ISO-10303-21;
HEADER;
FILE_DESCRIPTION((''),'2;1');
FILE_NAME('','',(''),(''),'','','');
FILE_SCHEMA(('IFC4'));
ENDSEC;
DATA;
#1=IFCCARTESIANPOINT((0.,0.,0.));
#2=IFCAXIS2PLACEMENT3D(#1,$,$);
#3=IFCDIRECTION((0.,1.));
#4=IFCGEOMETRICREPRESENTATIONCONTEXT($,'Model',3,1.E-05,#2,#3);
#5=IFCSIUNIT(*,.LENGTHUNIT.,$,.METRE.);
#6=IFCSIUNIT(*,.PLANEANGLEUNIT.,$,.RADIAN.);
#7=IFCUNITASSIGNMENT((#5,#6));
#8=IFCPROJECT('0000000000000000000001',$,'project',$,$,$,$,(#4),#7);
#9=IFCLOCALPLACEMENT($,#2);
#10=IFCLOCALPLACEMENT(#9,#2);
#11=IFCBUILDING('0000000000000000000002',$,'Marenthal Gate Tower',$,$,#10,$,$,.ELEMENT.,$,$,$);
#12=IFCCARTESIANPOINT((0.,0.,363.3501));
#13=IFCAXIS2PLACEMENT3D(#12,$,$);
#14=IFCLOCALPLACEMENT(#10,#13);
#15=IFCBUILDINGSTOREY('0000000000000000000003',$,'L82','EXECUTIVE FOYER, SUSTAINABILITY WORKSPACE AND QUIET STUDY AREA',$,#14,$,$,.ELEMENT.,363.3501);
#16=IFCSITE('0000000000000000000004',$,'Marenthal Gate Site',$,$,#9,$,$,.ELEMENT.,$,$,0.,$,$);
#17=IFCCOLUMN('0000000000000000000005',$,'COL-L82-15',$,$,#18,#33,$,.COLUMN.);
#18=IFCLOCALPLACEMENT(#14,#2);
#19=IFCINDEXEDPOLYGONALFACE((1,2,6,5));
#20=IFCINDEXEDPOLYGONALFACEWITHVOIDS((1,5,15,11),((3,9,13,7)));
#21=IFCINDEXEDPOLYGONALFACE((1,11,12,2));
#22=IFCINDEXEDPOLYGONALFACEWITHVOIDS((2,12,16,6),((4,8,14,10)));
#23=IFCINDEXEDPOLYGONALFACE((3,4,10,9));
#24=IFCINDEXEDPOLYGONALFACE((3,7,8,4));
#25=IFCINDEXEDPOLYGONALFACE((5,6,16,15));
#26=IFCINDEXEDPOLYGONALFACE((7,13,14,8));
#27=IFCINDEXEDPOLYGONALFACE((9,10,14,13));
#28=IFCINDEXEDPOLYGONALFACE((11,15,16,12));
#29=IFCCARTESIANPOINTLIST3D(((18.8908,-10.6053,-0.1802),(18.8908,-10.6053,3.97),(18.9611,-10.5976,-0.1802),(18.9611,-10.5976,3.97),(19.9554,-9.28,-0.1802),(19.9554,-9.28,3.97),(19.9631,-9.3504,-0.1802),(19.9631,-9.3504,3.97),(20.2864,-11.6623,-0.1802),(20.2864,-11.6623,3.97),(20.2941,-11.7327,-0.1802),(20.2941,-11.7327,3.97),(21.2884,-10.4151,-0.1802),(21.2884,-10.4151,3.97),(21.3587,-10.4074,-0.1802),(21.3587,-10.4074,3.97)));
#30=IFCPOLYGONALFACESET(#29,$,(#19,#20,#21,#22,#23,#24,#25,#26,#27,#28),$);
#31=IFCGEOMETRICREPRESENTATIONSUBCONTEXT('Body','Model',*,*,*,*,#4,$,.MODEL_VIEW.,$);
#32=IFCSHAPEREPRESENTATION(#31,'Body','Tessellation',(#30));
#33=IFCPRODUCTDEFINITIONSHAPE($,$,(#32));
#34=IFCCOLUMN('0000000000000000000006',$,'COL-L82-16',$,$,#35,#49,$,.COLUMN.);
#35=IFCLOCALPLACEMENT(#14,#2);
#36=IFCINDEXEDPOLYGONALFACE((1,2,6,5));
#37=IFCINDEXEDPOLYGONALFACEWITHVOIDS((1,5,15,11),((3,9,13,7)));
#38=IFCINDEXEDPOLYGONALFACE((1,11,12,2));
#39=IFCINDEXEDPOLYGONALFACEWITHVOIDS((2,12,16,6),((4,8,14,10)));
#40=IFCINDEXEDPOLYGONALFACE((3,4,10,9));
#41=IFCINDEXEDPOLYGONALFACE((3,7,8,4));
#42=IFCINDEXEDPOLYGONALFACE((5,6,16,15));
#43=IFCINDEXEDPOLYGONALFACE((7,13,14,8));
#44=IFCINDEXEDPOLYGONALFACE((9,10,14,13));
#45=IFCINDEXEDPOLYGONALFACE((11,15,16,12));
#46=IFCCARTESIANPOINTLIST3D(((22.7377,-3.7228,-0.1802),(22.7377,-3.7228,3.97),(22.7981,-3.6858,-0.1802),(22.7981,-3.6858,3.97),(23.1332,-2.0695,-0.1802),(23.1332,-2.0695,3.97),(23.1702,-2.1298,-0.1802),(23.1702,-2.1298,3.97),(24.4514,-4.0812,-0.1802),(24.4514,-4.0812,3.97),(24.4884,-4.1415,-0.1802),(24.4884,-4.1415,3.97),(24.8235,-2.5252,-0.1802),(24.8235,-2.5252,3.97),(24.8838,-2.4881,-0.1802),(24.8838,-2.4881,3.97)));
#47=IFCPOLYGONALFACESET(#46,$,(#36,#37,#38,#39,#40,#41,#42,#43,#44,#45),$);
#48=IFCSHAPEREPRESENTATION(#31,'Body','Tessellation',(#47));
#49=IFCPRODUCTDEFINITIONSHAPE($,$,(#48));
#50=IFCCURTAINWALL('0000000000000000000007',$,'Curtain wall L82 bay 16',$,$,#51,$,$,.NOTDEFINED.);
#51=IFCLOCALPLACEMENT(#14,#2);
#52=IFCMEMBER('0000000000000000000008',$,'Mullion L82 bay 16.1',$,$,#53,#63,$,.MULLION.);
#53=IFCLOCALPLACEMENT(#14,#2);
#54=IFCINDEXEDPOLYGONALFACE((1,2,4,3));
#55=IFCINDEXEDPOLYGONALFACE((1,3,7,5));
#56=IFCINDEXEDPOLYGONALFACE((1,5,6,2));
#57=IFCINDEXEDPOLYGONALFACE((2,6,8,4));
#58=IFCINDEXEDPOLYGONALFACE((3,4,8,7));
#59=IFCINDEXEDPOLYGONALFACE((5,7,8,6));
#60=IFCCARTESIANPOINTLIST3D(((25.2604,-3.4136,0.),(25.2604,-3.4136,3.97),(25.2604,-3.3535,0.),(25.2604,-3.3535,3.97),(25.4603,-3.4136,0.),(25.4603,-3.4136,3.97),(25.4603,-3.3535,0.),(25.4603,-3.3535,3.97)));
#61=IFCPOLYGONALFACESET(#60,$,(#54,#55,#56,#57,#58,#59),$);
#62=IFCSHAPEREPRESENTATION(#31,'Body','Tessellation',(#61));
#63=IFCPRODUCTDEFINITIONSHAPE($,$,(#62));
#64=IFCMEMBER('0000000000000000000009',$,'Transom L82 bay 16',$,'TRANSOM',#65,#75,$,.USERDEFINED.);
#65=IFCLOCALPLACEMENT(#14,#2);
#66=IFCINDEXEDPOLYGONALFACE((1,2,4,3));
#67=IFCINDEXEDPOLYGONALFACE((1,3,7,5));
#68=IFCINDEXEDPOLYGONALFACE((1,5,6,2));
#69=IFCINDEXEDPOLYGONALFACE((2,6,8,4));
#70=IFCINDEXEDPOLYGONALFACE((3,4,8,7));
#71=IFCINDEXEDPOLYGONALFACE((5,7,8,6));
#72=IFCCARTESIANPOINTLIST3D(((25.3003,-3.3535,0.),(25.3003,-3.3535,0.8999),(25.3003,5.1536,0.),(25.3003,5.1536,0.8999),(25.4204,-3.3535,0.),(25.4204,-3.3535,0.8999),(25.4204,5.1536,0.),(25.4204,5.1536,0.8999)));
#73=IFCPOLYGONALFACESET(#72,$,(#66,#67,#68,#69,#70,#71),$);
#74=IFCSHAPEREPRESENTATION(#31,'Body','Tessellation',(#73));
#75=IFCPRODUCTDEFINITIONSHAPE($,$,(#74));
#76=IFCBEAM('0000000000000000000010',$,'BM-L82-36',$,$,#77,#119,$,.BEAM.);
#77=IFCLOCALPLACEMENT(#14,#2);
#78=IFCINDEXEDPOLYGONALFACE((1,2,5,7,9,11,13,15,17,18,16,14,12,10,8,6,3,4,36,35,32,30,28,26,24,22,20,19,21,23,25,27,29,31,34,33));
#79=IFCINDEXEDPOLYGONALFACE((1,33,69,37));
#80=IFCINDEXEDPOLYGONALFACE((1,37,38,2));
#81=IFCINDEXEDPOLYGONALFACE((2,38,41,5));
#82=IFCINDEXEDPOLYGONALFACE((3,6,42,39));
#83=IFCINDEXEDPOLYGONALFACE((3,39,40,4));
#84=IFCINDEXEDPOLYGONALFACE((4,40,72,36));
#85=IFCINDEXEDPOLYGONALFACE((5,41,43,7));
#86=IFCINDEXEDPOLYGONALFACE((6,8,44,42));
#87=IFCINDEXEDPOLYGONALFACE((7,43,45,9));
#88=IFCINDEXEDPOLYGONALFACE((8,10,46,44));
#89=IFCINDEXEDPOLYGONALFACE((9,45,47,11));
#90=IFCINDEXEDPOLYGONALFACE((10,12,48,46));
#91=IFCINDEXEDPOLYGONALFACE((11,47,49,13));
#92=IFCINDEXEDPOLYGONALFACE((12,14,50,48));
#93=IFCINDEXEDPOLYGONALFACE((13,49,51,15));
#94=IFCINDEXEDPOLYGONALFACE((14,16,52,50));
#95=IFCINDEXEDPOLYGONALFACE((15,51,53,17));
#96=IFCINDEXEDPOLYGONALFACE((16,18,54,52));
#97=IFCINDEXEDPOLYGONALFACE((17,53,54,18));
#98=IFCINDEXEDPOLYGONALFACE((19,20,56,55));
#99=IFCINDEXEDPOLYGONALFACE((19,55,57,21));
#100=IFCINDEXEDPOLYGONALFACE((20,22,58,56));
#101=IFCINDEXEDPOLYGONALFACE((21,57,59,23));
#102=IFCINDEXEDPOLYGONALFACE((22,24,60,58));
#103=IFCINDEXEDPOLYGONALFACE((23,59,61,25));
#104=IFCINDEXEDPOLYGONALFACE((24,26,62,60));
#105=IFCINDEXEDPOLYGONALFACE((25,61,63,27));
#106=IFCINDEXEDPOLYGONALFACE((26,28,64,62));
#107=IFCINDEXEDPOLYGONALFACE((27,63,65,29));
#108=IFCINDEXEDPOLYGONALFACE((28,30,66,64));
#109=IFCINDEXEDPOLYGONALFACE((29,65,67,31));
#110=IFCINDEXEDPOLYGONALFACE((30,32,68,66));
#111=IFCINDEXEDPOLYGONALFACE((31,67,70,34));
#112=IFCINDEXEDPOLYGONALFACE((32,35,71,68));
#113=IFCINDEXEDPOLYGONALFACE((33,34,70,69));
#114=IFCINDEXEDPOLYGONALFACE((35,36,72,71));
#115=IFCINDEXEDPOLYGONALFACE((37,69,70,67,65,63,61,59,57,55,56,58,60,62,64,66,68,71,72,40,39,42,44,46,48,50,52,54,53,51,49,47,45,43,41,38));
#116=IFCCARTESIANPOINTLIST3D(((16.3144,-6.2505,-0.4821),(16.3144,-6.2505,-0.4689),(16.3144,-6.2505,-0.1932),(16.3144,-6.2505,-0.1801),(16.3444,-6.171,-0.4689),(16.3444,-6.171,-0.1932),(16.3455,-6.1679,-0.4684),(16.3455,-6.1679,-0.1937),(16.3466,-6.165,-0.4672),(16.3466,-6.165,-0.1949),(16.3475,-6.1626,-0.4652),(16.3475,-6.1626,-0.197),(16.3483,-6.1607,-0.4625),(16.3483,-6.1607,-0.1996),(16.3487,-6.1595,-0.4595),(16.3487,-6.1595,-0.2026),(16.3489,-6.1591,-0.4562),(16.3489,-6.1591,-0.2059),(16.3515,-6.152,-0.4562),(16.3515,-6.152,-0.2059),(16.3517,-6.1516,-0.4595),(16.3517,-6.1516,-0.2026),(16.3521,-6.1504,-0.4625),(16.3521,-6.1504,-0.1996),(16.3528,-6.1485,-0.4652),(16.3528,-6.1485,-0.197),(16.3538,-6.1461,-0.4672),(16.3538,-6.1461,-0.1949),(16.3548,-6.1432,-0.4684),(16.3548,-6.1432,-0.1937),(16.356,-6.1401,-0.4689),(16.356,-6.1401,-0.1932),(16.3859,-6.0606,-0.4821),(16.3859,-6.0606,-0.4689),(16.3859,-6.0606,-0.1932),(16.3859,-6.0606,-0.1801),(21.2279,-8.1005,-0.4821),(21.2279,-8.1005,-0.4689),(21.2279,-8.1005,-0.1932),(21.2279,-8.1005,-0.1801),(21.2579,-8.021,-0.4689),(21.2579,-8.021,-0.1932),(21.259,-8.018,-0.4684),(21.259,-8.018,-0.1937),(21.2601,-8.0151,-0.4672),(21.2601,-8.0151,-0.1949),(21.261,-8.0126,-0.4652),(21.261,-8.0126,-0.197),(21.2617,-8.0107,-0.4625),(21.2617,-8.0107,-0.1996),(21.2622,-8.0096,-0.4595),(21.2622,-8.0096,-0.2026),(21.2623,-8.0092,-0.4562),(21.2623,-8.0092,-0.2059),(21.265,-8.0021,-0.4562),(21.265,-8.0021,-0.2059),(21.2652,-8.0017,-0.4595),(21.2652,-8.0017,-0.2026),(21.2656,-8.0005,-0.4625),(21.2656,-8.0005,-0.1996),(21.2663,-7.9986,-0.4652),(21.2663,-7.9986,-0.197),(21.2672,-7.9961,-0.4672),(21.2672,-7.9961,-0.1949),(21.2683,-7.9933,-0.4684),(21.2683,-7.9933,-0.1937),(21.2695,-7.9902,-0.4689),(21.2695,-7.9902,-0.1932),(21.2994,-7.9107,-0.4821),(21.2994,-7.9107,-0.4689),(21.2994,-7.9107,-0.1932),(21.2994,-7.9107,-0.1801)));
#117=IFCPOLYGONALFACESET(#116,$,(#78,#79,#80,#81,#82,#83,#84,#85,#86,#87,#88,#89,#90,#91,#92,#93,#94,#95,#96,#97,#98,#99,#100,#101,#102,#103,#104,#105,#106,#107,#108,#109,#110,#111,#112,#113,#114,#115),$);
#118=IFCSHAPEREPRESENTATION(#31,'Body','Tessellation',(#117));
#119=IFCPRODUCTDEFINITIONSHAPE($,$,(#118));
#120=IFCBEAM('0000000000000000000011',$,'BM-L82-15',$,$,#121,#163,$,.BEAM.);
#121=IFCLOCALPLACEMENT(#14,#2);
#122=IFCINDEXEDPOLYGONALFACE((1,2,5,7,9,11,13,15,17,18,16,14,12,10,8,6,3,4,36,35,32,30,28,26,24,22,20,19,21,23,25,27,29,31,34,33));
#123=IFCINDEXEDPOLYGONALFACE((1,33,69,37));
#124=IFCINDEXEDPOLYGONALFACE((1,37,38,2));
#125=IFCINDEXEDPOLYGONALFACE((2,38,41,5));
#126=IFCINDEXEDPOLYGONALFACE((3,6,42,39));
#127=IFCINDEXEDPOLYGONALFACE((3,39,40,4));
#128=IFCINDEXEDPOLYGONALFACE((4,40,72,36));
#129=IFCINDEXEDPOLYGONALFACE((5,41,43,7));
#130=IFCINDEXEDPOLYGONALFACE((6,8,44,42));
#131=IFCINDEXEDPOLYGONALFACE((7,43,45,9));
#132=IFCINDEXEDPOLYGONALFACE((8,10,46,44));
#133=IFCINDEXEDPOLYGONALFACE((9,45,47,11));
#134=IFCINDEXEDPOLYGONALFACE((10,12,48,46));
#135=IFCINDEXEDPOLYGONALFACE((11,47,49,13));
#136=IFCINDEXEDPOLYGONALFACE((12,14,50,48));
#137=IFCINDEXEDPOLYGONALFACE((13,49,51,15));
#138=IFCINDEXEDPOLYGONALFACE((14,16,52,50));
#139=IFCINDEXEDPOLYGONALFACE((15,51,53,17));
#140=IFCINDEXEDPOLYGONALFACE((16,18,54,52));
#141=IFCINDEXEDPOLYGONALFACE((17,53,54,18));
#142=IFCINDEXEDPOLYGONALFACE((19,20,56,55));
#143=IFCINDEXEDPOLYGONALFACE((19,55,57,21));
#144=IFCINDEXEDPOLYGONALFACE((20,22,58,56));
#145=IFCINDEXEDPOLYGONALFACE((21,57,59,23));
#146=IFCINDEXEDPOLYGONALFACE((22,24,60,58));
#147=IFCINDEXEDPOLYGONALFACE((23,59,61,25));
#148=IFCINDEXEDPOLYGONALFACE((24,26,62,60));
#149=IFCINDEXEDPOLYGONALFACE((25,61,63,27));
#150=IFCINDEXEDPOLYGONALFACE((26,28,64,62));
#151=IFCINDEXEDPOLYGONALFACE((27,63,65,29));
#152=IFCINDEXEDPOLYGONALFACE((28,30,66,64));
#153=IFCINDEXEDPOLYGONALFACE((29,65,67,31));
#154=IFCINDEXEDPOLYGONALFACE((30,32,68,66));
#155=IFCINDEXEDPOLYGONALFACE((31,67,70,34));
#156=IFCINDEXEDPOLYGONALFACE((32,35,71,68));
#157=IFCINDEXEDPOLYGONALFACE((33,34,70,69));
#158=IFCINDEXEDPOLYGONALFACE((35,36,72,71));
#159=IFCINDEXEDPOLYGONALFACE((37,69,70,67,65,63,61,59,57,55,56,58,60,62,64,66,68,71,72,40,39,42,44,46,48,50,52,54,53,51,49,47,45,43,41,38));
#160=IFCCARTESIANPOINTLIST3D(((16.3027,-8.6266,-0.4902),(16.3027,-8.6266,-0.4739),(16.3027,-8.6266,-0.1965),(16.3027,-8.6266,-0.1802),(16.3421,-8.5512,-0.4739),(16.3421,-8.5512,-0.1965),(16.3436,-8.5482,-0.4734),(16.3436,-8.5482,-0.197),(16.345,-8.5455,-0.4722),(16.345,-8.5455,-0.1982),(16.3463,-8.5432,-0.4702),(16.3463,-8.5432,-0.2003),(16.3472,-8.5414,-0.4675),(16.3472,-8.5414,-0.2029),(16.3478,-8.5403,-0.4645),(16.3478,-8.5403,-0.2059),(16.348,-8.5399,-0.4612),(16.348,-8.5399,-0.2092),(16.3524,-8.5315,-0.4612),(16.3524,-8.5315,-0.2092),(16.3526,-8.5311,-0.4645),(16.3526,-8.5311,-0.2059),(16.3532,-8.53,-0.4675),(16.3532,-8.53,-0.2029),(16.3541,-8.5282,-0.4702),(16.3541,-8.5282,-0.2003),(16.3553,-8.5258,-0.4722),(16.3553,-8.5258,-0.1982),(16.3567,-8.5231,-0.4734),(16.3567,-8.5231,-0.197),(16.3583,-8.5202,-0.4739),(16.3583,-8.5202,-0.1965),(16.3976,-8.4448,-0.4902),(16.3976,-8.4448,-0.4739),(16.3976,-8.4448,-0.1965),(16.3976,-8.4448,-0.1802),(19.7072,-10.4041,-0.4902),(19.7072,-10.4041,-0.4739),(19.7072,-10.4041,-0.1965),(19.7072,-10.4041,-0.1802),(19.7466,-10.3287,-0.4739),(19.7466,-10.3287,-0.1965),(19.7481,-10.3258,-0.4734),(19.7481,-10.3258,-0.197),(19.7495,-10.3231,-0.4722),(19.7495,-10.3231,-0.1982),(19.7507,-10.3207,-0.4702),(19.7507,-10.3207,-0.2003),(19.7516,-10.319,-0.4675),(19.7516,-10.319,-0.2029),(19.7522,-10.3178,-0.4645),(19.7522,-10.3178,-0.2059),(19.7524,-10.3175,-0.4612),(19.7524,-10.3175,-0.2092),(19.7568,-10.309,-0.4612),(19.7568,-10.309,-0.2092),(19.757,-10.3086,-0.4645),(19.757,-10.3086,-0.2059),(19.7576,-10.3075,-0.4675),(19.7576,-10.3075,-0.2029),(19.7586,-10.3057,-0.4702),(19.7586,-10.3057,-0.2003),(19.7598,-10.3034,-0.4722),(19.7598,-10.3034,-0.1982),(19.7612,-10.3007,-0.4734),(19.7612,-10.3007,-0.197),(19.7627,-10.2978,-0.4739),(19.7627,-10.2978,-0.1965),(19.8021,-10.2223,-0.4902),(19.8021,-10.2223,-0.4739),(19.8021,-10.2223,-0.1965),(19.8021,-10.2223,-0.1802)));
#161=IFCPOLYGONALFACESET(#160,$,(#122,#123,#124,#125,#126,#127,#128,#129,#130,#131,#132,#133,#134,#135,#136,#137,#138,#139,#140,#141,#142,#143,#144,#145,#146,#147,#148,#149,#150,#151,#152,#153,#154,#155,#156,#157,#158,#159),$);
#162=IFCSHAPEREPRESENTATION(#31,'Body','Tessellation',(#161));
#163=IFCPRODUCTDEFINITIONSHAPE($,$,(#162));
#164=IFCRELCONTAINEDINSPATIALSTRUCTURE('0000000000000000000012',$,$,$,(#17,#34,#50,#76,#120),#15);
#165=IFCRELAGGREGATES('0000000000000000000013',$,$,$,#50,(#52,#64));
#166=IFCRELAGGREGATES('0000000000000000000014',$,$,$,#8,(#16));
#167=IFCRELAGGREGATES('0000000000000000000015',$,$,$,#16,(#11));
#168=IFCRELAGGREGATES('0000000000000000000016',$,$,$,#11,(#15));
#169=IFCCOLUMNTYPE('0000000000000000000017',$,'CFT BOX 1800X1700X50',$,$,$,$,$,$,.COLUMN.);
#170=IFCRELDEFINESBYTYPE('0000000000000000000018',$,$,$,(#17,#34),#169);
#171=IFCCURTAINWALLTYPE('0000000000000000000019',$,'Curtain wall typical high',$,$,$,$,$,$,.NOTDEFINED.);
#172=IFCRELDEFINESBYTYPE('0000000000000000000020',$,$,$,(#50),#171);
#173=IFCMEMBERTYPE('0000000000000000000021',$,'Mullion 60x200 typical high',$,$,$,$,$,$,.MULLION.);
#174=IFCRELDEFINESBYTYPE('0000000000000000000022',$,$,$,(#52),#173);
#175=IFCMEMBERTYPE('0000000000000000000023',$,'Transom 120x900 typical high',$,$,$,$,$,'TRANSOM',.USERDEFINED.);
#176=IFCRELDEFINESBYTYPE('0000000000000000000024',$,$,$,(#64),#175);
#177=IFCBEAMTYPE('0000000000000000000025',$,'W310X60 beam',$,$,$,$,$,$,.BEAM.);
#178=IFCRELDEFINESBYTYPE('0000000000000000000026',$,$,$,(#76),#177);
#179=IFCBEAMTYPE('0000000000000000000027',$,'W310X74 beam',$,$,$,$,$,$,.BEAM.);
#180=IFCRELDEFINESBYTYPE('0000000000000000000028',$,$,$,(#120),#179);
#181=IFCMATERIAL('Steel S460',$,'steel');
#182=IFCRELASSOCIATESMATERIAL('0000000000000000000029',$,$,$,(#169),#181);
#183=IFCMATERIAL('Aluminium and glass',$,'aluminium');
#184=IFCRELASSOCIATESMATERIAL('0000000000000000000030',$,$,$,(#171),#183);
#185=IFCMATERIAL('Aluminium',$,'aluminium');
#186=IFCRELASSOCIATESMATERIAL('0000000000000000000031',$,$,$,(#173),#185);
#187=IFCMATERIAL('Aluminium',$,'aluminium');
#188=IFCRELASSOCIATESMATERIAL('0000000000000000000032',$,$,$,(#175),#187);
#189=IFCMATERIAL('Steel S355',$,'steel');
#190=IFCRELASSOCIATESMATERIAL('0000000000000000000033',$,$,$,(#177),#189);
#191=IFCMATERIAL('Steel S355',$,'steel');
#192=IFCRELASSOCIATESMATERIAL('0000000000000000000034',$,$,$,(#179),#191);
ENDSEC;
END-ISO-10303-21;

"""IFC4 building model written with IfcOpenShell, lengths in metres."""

from ifc_helpers import new_model, si_unit, direction, frame, origin, origin_2d, place, context, subcontext, project, spatial, rectangle, hollow_rectangle, i_section, extrude, material, material_profile, profile_set, type_object, element, aggregate, save


model = new_model("IFC4")

# Units and contexts
model_context = context("Model", 3, precision=1e-05, world=origin(), true_north=direction((0.0, 1.0)))
body_context = subcontext(model_context, "Body", "Model", "MODEL_VIEW")
ifc_project = project(units=[si_unit("LENGTHUNIT", "METRE"), si_unit("PLANEANGLEUNIT", "RADIAN")], contexts=[model_context])

# Site, building, storey
site_placement = place(None, origin())
site = spatial("IfcSite", under=ifc_project, at=site_placement, Name="Marenthal Gate Site", CompositionType="ELEMENT", RefElevation=0.0)
building_placement = place(site_placement, origin())
building = spatial("IfcBuilding", under=site, at=building_placement, Name="Marenthal Gate Tower", CompositionType="ELEMENT")
storey_placement = place(building_placement, frame((0.0, 0.0, 363.3501)))
storey = spatial("IfcBuildingStorey", under=building, at=storey_placement, Name="L82", Description="EXECUTIVE FOYER, SUSTAINABILITY WORKSPACE AND QUIET STUDY AREA", CompositionType="ELEMENT", Elevation=363.3501)

# Columns
ifc_material_1 = material(Name="Steel S460", Category="steel")
ifc_material_profile_1 = material_profile(ifc_material_1, hollow_rectangle(XDim=1.7, YDim=1.8, WallThickness=0.05, at=origin_2d()), Name="CFT BOX 1800X1700X50")
ifc_material_2 = material(Name="Concrete 70 MPa", Category="concrete")
ifc_material_profile_2 = material_profile(ifc_material_2, rectangle(XDim=1.6001, YDim=1.7, at=origin_2d()), Name="CFT BOX 1800X1700X50 INFILL")
ifc_profile_set_1 = profile_set([ifc_material_profile_1, ifc_material_profile_2], Name="Steel S460 shell, Concrete 70 MPa infill")
column_type = type_object("IfcColumnType", Name="CFT BOX 1800X1700X50", PredefinedType="COLUMN", material=ifc_profile_set_1)
for number, where, z_axis, x_axis, name in (
    (1, (20.1248, -10.5063, -0.1802), (0.0, 0.0, 1.0), (-0.626296, -0.779585, 0.0), "COL-L82-15"),
    (2, (23.8108, -3.1055, -0.1802), (0.0, 0.0, 1.0), (-0.232598, -0.972573, 0.0), "COL-L82-16"),
):
    element("IfcColumn", number, at=place(storey_placement, frame(where, z_axis=z_axis, x_axis=x_axis)), inside=storey, type_object=column_type, Name=name, PredefinedType="COLUMN", context=body_context, shape_type="SweptSolid", body=[
        extrude(hollow_rectangle(XDim=1.7, YDim=1.8, WallThickness=0.05, at=origin_2d()), origin(), (0.0, 0.0, 1.0), 4.1501),
    ])

# Curtain wall, members
ifc_material_3 = material(Name="Aluminium and glass", Category="aluminium")
curtain_wall_type = type_object("IfcCurtainWallType", Name="Curtain wall typical high", PredefinedType="NOTDEFINED", material=ifc_material_3)
curtain_wall_placement = place(storey_placement, origin())
curtain_wall = element("IfcCurtainWall", 3, at=curtain_wall_placement, inside=storey, type_object=curtain_wall_type, Name="Curtain wall L82 bay 16", PredefinedType="NOTDEFINED")
ifc_material_4 = material(Name="Aluminium", Category="aluminium")
ifc_material_profile_3 = material_profile(ifc_material_4, rectangle(XDim=0.2, YDim=0.0601, at=origin_2d()), Name="60x200 aluminium mullion")
ifc_profile_set_2 = profile_set([ifc_material_profile_3], Name="Aluminium")
member_type_1 = type_object("IfcMemberType", Name="Mullion 60x200 typical high", PredefinedType="MULLION", material=ifc_profile_set_2)
member_1_placement = place(storey_placement, frame((25.3604, -3.3835, 0.0), z_axis=(0.0, 0.0, 1.0), x_axis=(-1.0, 0.0, 0.0)))
member_1 = element("IfcMember", 4, at=member_1_placement, type_object=member_type_1, Name="Mullion L82 bay 16.1", PredefinedType="MULLION", context=body_context, shape_type="SweptSolid", body=[
    extrude(rectangle(XDim=0.2, YDim=0.0601, at=origin_2d()), origin(), (0.0, 0.0, 1.0), 3.97),
])
ifc_material_5 = material(Name="Aluminium", Category="aluminium")
ifc_material_profile_4 = material_profile(ifc_material_5, rectangle(XDim=0.1201, YDim=0.8999, at=origin_2d()), Name="120x900 aluminium transom")
ifc_profile_set_3 = profile_set([ifc_material_profile_4], Name="Aluminium")
member_type_2 = type_object("IfcMemberType", Name="Transom 120x900 typical high", ElementType="TRANSOM", PredefinedType="USERDEFINED", material=ifc_profile_set_3)
member_2_placement = place(storey_placement, frame((25.3604, -3.3535, 0.45), z_axis=(0.0, 1.0, 0.0), x_axis=(-1.0, 0.0, 0.0)))
member_2 = element("IfcMember", 5, at=member_2_placement, type_object=member_type_2, Name="Transom L82 bay 16", ObjectType="TRANSOM", PredefinedType="USERDEFINED", context=body_context, shape_type="SweptSolid", body=[
    extrude(rectangle(XDim=0.1201, YDim=0.8999, at=origin_2d()), origin(), (0.0, 0.0, 1.0), 8.5071),
])

# Beams
ifc_material_6 = material(Name="Steel S355", Category="steel")
ifc_material_profile_5 = material_profile(ifc_material_6, i_section(OverallWidth=0.2029, OverallDepth=0.302, WebThickness=0.0076, FlangeThickness=0.0132, FilletRadius=0.0127, at=origin_2d()), Name="W310X60")
ifc_profile_set_4 = profile_set([ifc_material_profile_5], Name="Steel S355")
beam_type_1 = type_object("IfcBeamType", Name="W310X60 beam", PredefinedType="BEAM", material=ifc_profile_set_4)
beam_1_placement = place(storey_placement, frame((21.2637, -8.0056, -0.3311), z_axis=(-0.935858, 0.352377, 0.0), x_axis=(-0.352377, -0.935858, 0.0)))
element("IfcBeam", 6, at=beam_1_placement, inside=storey, type_object=beam_type_1, Name="BM-L82-36", PredefinedType="BEAM", context=body_context, shape_type="SweptSolid", body=[
    extrude(i_section(OverallWidth=0.2029, OverallDepth=0.302, WebThickness=0.0076, FlangeThickness=0.0132, FilletRadius=0.0127, at=origin_2d()), origin(), (0.0, 0.0, 1.0), 5.2502),
])
ifc_material_7 = material(Name="Steel S355", Category="steel")
ifc_material_profile_6 = material_profile(ifc_material_7, i_section(OverallWidth=0.2051, OverallDepth=0.3101, WebThickness=0.0095, FlangeThickness=0.0164, FilletRadius=0.0127, at=origin_2d()), Name="W310X74")
ifc_profile_set_5 = profile_set([ifc_material_profile_6], Name="Steel S355")
beam_type_2 = type_object("IfcBeamType", Name="W310X74 beam", PredefinedType="BEAM", material=ifc_profile_set_5)
beam_2_placement = place(storey_placement, frame((19.7546, -10.3132, -0.3352), z_axis=(-0.886445, 0.462833, 0.0), x_axis=(-0.462833, -0.886445, 0.0)))
element("IfcBeam", 7, at=beam_2_placement, inside=storey, type_object=beam_type_2, Name="BM-L82-15", PredefinedType="BEAM", context=body_context, shape_type="SweptSolid", body=[
    extrude(i_section(OverallWidth=0.2051, OverallDepth=0.3101, WebThickness=0.0095, FlangeThickness=0.0164, FilletRadius=0.0127, at=origin_2d()), origin(), (0.0, 0.0, 1.0), 3.8406),
])

aggregate(curtain_wall, [member_1, member_2])

save(model, "model.ifc")
